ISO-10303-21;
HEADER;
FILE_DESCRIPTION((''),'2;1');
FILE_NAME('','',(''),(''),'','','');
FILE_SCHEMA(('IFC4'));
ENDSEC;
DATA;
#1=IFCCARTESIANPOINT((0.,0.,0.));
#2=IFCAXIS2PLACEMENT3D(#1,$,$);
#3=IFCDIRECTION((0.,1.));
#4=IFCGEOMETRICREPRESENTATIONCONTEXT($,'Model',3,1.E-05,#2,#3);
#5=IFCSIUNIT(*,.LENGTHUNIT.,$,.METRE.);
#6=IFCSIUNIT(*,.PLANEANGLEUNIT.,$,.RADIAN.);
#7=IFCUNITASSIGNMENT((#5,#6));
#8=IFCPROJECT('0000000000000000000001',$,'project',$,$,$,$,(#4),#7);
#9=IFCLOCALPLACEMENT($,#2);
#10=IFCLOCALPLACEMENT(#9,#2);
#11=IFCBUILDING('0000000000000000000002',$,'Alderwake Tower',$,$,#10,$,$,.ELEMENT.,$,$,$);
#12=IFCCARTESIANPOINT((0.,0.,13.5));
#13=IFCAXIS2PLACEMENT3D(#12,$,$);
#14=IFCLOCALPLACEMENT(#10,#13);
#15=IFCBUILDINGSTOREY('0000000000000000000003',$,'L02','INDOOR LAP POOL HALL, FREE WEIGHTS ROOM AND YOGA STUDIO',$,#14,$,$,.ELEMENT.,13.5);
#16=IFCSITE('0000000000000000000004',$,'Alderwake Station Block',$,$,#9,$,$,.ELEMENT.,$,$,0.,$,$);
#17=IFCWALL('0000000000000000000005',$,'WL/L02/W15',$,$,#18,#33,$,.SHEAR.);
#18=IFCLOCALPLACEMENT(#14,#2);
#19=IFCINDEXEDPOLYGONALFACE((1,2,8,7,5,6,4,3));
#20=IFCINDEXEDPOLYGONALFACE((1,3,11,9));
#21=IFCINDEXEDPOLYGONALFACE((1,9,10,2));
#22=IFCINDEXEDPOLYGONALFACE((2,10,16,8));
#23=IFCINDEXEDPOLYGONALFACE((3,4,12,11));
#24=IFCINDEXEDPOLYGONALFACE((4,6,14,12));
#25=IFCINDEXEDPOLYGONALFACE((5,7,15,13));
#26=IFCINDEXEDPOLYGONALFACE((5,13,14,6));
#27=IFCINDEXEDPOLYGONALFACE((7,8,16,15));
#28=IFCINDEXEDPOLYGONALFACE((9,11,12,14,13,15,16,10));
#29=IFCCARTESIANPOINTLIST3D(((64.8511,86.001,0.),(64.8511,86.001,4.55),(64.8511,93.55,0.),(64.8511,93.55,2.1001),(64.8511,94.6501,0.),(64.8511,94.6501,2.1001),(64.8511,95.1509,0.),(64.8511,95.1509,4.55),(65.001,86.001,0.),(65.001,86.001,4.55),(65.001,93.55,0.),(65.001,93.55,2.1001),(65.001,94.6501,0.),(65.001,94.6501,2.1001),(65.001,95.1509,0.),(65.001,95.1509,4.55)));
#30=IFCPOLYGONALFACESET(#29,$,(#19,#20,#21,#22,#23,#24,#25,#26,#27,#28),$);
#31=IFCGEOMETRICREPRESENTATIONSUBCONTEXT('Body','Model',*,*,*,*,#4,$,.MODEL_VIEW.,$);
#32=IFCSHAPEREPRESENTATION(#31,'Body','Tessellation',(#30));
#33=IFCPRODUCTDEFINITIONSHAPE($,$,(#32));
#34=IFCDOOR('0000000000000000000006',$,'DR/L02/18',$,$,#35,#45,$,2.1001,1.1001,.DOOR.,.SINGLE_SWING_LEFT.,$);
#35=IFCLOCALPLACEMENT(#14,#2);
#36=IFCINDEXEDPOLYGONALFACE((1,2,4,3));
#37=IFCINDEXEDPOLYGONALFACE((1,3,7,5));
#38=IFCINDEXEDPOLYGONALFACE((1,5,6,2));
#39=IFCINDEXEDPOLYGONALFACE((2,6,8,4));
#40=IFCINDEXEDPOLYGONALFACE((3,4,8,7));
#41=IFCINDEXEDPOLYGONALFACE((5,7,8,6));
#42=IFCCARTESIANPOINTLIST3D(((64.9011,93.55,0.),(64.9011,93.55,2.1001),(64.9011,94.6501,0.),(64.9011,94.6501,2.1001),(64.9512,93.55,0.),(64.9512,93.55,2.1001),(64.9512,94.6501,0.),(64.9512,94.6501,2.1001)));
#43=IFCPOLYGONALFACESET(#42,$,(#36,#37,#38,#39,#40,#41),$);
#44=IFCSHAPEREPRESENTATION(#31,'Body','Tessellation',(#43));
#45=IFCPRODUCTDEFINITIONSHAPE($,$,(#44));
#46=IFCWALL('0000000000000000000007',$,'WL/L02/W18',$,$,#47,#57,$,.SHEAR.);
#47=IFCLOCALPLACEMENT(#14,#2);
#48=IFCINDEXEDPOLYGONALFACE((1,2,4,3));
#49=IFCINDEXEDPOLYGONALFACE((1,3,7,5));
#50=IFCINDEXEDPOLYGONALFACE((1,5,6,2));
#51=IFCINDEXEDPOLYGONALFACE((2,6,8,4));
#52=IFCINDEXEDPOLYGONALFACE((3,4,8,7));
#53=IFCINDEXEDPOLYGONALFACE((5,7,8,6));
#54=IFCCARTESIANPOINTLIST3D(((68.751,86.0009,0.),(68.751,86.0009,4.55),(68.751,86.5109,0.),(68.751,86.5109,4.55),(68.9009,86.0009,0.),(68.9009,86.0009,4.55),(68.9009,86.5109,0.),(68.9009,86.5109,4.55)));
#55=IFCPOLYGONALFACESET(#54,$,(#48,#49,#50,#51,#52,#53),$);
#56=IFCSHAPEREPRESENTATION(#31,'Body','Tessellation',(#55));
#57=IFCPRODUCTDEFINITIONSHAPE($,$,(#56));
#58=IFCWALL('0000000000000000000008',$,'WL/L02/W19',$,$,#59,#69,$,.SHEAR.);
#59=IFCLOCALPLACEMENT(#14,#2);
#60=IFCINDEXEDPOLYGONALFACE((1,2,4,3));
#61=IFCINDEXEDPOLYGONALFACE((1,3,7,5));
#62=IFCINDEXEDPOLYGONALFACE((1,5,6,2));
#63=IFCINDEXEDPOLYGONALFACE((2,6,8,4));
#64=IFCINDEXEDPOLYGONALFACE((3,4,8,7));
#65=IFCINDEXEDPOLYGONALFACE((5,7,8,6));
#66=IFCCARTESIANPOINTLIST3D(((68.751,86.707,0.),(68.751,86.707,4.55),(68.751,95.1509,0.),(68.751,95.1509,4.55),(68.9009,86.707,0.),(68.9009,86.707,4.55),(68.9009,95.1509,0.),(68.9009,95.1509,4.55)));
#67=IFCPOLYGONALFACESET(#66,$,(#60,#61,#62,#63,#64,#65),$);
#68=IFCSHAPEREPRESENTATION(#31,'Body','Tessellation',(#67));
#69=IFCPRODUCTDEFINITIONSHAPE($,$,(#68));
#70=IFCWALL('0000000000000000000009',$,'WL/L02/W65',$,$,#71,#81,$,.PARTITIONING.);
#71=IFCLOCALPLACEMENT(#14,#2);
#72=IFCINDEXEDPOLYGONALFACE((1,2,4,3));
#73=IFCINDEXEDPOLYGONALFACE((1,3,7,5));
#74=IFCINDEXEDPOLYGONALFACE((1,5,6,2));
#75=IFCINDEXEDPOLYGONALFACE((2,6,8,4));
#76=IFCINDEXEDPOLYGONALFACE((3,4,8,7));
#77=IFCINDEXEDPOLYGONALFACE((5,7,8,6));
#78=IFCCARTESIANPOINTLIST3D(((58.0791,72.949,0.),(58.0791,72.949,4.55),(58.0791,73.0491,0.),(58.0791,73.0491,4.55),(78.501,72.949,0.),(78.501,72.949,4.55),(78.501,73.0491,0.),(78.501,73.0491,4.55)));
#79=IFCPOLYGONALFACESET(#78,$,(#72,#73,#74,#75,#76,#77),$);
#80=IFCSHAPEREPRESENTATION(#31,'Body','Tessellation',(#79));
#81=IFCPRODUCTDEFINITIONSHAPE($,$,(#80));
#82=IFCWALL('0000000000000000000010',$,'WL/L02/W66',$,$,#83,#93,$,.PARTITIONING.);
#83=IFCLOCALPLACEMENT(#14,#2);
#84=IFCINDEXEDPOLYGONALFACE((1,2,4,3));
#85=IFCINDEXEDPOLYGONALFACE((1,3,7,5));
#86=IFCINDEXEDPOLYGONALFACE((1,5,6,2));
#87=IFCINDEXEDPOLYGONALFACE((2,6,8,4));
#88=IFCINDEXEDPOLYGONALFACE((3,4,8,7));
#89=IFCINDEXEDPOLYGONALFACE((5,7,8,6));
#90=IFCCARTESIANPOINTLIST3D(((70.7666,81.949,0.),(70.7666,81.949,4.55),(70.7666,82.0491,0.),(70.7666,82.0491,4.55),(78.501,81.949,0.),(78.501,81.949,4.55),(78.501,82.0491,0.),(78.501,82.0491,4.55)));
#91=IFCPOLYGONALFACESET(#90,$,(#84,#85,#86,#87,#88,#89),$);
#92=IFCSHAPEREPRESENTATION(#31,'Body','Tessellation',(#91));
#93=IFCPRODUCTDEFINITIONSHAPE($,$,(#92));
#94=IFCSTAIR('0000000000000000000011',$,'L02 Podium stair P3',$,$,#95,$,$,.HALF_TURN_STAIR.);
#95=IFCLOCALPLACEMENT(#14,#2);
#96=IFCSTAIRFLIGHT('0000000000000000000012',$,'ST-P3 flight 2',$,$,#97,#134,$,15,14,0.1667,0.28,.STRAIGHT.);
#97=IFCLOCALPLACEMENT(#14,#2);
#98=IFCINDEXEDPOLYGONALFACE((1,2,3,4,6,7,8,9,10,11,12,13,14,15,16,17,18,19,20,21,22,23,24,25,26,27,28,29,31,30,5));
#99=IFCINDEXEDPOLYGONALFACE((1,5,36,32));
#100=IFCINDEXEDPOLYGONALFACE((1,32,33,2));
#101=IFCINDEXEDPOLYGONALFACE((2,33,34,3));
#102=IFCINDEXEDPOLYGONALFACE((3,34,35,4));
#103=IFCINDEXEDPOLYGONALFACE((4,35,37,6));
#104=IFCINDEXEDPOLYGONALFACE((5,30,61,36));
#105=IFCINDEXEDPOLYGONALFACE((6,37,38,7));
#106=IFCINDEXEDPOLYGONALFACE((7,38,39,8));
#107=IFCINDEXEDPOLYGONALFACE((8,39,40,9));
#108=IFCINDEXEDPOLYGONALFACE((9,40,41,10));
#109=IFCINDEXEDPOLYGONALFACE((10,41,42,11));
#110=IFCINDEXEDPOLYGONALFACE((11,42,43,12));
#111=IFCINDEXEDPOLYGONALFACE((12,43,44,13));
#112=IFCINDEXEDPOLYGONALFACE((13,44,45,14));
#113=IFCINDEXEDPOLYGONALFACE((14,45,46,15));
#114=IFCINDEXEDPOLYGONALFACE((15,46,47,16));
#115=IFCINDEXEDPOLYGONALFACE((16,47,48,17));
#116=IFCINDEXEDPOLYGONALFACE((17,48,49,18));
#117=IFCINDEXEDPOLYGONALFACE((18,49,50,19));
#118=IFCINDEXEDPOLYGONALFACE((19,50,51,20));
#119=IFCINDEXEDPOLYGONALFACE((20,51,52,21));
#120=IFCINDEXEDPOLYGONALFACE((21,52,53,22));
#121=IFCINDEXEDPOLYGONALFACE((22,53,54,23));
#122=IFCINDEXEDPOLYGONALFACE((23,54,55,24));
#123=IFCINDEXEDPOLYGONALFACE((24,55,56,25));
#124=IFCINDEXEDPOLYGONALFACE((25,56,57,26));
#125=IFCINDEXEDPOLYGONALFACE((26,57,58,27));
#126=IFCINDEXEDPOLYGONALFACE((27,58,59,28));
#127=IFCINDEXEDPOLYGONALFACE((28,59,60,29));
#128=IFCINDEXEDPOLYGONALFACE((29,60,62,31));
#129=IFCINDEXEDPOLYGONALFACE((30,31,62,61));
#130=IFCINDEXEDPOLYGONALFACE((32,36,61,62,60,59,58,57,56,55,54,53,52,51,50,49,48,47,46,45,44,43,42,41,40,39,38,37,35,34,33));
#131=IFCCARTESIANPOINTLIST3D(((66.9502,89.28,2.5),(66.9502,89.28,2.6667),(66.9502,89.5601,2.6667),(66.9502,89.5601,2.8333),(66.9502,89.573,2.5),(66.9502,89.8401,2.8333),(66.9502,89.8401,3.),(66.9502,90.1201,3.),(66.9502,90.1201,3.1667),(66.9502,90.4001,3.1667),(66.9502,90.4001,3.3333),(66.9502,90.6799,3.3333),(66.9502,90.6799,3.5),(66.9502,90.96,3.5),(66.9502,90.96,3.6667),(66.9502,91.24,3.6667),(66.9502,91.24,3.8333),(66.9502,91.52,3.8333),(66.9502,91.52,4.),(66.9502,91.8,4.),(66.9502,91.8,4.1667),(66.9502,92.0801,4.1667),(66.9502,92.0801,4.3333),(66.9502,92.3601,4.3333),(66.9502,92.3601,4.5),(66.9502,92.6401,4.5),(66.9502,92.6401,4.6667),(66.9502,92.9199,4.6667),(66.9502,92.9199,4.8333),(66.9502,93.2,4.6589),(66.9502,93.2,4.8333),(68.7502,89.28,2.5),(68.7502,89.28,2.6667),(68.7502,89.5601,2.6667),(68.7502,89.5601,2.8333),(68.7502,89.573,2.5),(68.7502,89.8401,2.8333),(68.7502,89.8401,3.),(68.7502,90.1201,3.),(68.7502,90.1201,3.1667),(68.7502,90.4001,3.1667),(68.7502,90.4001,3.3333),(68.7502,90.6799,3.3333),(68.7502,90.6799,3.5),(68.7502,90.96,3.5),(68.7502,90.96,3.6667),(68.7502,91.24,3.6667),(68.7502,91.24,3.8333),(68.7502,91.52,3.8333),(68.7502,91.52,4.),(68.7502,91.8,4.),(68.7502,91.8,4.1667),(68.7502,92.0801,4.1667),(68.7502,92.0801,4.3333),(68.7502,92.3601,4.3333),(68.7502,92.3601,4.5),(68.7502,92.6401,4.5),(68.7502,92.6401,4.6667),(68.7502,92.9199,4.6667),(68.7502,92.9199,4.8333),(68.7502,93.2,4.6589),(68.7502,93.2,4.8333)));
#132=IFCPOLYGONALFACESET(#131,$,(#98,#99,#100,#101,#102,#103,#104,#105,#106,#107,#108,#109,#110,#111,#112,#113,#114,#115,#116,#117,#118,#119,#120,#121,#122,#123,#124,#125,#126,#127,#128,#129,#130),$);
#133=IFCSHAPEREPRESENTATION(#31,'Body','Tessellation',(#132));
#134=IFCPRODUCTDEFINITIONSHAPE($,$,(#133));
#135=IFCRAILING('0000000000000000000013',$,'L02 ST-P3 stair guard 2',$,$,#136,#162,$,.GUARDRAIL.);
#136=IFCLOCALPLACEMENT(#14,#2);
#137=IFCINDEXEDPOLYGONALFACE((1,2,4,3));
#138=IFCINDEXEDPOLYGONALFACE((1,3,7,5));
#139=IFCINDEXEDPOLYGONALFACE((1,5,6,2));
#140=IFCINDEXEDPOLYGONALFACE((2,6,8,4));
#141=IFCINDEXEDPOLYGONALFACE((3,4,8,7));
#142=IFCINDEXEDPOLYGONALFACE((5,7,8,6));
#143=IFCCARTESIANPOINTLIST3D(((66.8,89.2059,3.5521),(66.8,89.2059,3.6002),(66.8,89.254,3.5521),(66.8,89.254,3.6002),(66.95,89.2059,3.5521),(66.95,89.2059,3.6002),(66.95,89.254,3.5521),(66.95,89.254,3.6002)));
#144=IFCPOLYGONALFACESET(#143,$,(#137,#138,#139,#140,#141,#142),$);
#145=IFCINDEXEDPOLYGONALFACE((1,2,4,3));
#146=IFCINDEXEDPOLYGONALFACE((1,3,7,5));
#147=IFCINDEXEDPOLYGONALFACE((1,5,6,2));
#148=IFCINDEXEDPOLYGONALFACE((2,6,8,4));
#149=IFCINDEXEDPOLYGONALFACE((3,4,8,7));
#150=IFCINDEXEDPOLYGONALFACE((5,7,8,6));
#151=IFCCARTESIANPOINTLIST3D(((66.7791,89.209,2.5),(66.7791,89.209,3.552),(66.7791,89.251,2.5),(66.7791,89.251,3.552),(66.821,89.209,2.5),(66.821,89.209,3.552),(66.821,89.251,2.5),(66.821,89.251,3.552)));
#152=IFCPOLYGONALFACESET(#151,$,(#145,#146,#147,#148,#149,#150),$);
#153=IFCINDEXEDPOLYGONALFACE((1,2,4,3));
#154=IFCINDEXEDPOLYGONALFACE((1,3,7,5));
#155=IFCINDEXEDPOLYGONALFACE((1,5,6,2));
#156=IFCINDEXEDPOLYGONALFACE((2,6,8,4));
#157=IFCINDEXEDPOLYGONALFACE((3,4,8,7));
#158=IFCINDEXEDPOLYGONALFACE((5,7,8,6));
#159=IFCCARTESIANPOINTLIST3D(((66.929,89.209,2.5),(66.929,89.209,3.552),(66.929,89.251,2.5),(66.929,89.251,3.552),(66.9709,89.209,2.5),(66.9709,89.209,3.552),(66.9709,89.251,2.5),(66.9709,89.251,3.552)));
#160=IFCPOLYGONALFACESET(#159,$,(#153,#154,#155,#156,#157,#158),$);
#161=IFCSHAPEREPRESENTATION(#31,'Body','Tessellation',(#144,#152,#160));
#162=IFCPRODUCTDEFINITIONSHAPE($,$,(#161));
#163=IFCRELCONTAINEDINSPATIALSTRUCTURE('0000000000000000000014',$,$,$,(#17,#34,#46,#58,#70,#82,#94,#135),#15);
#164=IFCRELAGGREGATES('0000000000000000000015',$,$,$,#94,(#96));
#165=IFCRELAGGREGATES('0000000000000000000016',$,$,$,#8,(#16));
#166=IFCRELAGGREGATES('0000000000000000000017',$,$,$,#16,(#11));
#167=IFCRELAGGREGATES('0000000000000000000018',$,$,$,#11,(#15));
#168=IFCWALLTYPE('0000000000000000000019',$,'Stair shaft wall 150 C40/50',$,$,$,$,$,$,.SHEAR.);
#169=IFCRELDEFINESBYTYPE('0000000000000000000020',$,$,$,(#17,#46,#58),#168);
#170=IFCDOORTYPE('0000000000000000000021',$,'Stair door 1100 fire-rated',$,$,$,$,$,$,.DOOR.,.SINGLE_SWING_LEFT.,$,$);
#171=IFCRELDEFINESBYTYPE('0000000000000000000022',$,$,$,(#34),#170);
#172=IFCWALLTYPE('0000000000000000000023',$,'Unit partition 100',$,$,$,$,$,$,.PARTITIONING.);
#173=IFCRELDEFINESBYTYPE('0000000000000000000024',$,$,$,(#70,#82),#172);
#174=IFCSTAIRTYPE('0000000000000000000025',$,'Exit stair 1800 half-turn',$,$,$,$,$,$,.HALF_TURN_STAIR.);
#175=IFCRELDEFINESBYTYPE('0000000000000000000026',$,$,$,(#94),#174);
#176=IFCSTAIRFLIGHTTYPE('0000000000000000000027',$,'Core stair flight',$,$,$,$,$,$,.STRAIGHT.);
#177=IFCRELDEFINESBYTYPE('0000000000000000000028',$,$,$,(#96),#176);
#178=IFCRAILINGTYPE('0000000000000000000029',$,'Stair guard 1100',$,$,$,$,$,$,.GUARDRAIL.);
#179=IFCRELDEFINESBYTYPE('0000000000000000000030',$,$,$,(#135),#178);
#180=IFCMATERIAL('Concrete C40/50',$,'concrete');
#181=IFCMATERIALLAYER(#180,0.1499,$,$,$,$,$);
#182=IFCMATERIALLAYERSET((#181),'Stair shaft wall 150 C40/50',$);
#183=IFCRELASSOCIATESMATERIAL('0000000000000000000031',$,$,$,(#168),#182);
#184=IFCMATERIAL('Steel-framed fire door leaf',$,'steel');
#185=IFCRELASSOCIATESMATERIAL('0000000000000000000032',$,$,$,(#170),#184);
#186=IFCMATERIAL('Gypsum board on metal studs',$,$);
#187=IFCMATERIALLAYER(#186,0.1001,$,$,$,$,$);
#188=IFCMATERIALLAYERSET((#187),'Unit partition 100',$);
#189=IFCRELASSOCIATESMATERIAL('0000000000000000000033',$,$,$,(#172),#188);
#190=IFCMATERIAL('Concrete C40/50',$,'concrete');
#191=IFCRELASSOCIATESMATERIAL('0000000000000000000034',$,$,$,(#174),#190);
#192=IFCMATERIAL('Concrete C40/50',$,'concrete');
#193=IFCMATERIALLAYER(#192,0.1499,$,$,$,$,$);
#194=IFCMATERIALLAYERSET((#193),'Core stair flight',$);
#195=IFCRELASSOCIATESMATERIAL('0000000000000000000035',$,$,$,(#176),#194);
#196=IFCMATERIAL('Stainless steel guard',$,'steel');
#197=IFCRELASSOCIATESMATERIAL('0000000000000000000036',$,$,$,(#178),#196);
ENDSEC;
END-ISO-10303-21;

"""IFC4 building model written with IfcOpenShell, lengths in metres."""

from ifc_helpers import new_model, si_unit, direction, frame, frame_2d, origin, origin_with_axes, origin_2d, place, context, subcontext, project, spatial, polyline, rectangle, outline, extrude, material, layer, layer_set, type_object, element, fill, aggregate, save


model = new_model("IFC4")

# Units and contexts
model_context = context("Model", 3, precision=1e-05, world=origin(), true_north=direction((0.0, 1.0)))
body_context = subcontext(model_context, "Body", "Model", "MODEL_VIEW")
ifc_project = project(units=[si_unit("LENGTHUNIT", "METRE"), si_unit("PLANEANGLEUNIT", "RADIAN")], contexts=[model_context])

# Site, building, storey
site_placement = place(None, origin())
site = spatial("IfcSite", under=ifc_project, at=site_placement, Name="Alderwake Station Block", CompositionType="ELEMENT", RefElevation=0.0)
building_placement = place(site_placement, origin())
building = spatial("IfcBuilding", under=site, at=building_placement, Name="Alderwake Tower", CompositionType="ELEMENT")
storey_placement = place(building_placement, frame((0.0, 0.0, 13.5)))
storey = spatial("IfcBuildingStorey", under=building, at=storey_placement, Name="L02", Description="INDOOR LAP POOL HALL, FREE WEIGHTS ROOM AND YOGA STUDIO", CompositionType="ELEMENT", Elevation=13.5)

# Shared definitions
ifc_material_1 = material(Name="Concrete C40/50", Category="concrete")
ifc_layer_1 = layer(ifc_material_1, 0.1499)
ifc_layer_set_1 = layer_set([ifc_layer_1], Name="Stair shaft wall 150 C40/50")
wall_type_1 = type_object("IfcWallType", Name="Stair shaft wall 150 C40/50", PredefinedType="SHEAR", material=ifc_layer_set_1)

# Wall, opening, door
wall_1_placement = place(storey_placement, frame((64.926, 86.001, 0.0), z_axis=(0.0, 0.0, 1.0), x_axis=(0.0, 1.0, 0.0)))
wall_1 = element("IfcWall", 1, at=wall_1_placement, inside=storey, type_object=wall_type_1, Name="WL/L02/W15", PredefinedType="SHEAR", context=body_context, shape_type="SweptSolid", body=[
    extrude(rectangle(XDim=9.1499, YDim=0.1499, at=frame_2d((4.575, 0.0))), origin(), (0.0, 0.0, 1.0), 4.55),
])
opening_1_placement = place(wall_1_placement, frame((7.5491, 0.0, 0.0)))
opening_1 = element("IfcOpeningElement", 2, at=opening_1_placement, cuts=wall_1, PredefinedType="OPENING", context=body_context, shape_type="SweptSolid", body=[
    extrude(rectangle(XDim=1.1001, YDim=2.1001, at=frame_2d((0.55, 1.05))), frame((0.0, 0.085, 0.0), z_axis=(0.0, -1.0, 0.0), x_axis=(1.0, 0.0, 0.0)), (0.0, 0.0, 1.0), 0.1699),
])
ifc_material_2 = material(Name="Steel-framed fire door leaf", Category="steel")
door_type_1 = type_object("IfcDoorType", Name="Stair door 1100 fire-rated", OperationType="SINGLE_SWING_LEFT", PredefinedType="DOOR", material=ifc_material_2)
door_1_placement = place(opening_1_placement, origin())
door_1 = element("IfcDoor", 3, at=door_1_placement, inside=storey, type_object=door_type_1, Name="DR/L02/18", OperationType="SINGLE_SWING_LEFT", OverallHeight=2.1001, OverallWidth=1.1001, PredefinedType="DOOR", context=body_context, shape_type="SweptSolid", body=[
    extrude(rectangle(XDim=1.1001, YDim=2.1001, at=frame_2d((0.55, 1.05))), frame((0.0, 0.0249, 0.0), z_axis=(0.0, -1.0, 0.0), x_axis=(1.0, 0.0, 0.0)), (0.0, 0.0, 1.0), 0.05),
])
fill(opening_1, door_1)

# Walls
wall_2_placement = place(storey_placement, frame((68.8259, 86.001, 0.0), z_axis=(0.0, 0.0, 1.0), x_axis=(0.0, 1.0, 0.0)))
element("IfcWall", 4, at=wall_2_placement, inside=storey, type_object=wall_type_1, Name="WL/L02/W18", PredefinedType="SHEAR", context=body_context, shape_type="SweptSolid", body=[
    extrude(rectangle(XDim=0.51, YDim=0.1499, at=frame_2d((0.2549, 0.0))), origin(), (0.0, 0.0, 1.0), 4.55),
])
wall_3_placement = place(storey_placement, frame((68.8259, 86.707, 0.0), z_axis=(0.0, 0.0, 1.0), x_axis=(0.0, 1.0, 0.0)))
element("IfcWall", 5, at=wall_3_placement, inside=storey, type_object=wall_type_1, Name="WL/L02/W19", PredefinedType="SHEAR", context=body_context, shape_type="SweptSolid", body=[
    extrude(rectangle(XDim=8.4438, YDim=0.1499, at=frame_2d((4.2219, 0.0))), origin(), (0.0, 0.0, 1.0), 4.55),
])
ifc_material_3 = material(Name="Gypsum board on metal studs")
ifc_layer_2 = layer(ifc_material_3, 0.1001)
ifc_layer_set_2 = layer_set([ifc_layer_2], Name="Unit partition 100")
wall_type_2 = type_object("IfcWallType", Name="Unit partition 100", PredefinedType="PARTITIONING", material=ifc_layer_set_2)
wall_4_placement = place(storey_placement, frame((78.501, 72.999, 0.0), z_axis=(0.0, 0.0, 1.0), x_axis=(-1.0, 0.0, 0.0)))
element("IfcWall", 6, at=wall_4_placement, inside=storey, type_object=wall_type_2, Name="WL/L02/W65", PredefinedType="PARTITIONING", context=body_context, shape_type="SweptSolid", body=[
    extrude(rectangle(XDim=20.4219, YDim=0.1001, at=frame_2d((10.2109, 0.0))), origin(), (0.0, 0.0, 1.0), 4.55),
])
wall_5_placement = place(storey_placement, frame((78.501, 81.999, 0.0), z_axis=(0.0, 0.0, 1.0), x_axis=(-1.0, 0.0, 0.0)))
element("IfcWall", 7, at=wall_5_placement, inside=storey, type_object=wall_type_2, Name="WL/L02/W66", PredefinedType="PARTITIONING", context=body_context, shape_type="SweptSolid", body=[
    extrude(rectangle(XDim=7.7344, YDim=0.1001, at=frame_2d((3.8672, 0.0))), origin(), (0.0, 0.0, 1.0), 4.55),
])

# Stair, stair flight
ifc_material_4 = material(Name="Concrete C40/50", Category="concrete")
stair_type = type_object("IfcStairType", Name="Exit stair 1800 half-turn", PredefinedType="HALF_TURN_STAIR", material=ifc_material_4)
stair_placement = place(storey_placement, origin())
stair = element("IfcStair", 8, at=stair_placement, inside=storey, type_object=stair_type, Name="L02 Podium stair P3", PredefinedType="HALF_TURN_STAIR")
ifc_material_5 = material(Name="Concrete C40/50", Category="concrete")
ifc_layer_3 = layer(ifc_material_5, 0.1499)
ifc_layer_set_3 = layer_set([ifc_layer_3], Name="Core stair flight")
stair_flight_type = type_object("IfcStairFlightType", Name="Core stair flight", PredefinedType="STRAIGHT", material=ifc_layer_set_3)
stair_flight_placement = place(storey_placement, frame((67.8501, 89.28, 2.5), z_axis=(0.0, 0.0, 1.0), x_axis=(0.0, 1.0, 0.0)))
stair_flight = element("IfcStairFlight", 9, at=stair_flight_placement, type_object=stair_flight_type, Name="ST-P3 flight 2", NumberOfRisers=15, NumberOfTreads=14, PredefinedType="STRAIGHT", RiserHeight=0.1667, TreadLength=0.28, context=body_context, shape_type="SweptSolid", body=[
    extrude(outline(polyline([(0.0, 0.0), (0.0, 0.1667), (0.28, 0.1667), (0.28, 0.3333), (0.5601, 0.3333), (0.5601, 0.5), (0.8401, 0.5), (0.8401, 0.6667), (1.1201, 0.6667), (1.1201, 0.8333), (1.3999, 0.8333), (1.3999, 1.0), (1.6799, 1.0), (1.6799, 1.1667), (1.96, 1.1667), (1.96, 1.3333), (2.24, 1.3333), (2.24, 1.5), (2.52, 1.5), (2.52, 1.6667), (2.8, 1.6667), (2.8, 1.8333), (3.0801, 1.8333), (3.0801, 2.0), (3.3601, 2.0), (3.3601, 2.1667), (3.6399, 2.1667), (3.6399, 2.3333), (3.9199, 2.3333), (3.9199, 2.5), (3.9199, 2.1589), (0.293, 0.0), (0.0, 0.0)])), frame((0.0, 0.8999, 0.0), z_axis=(0.0, -1.0, 0.0), x_axis=(1.0, 0.0, 0.0)), (0.0, 0.0, 1.0), 1.8),
])
aggregate(stair, [stair_flight])

# Railing
ifc_material_6 = material(Name="Stainless steel guard", Category="steel")
railing_type_1 = type_object("IfcRailingType", Name="Stair guard 1100", PredefinedType="GUARDRAIL", material=ifc_material_6)
railing_1_placement = place(storey_placement, frame((66.8, 89.23, 2.5)))
element("IfcRailing", 10, at=railing_1_placement, inside=storey, type_object=railing_type_1, Name="L02 ST-P3 stair guard 2", PredefinedType="GUARDRAIL", context=body_context, shape_type="SweptSolid", body=[
    extrude(rectangle(XDim=0.0481, YDim=0.0481, at=origin_2d()), frame((0.0, 0.0, 1.0762), z_axis=(1.0, 0.0, 0.0), x_axis=(0.0, 1.0, 0.0)), (0.0, 0.0, 1.0), 0.1499),
    extrude(rectangle(XDim=0.042, YDim=0.042, at=origin_2d()), origin_with_axes(), (0.0, 0.0, 1.0), 1.052),
    extrude(rectangle(XDim=0.042, YDim=0.042, at=origin_2d()), frame((0.1499, 0.0, 0.0), z_axis=(0.0, 0.0, 1.0), x_axis=(1.0, 0.0, 0.0)), (0.0, 0.0, 1.0), 1.052),
])

save(model, "model.ifc")
